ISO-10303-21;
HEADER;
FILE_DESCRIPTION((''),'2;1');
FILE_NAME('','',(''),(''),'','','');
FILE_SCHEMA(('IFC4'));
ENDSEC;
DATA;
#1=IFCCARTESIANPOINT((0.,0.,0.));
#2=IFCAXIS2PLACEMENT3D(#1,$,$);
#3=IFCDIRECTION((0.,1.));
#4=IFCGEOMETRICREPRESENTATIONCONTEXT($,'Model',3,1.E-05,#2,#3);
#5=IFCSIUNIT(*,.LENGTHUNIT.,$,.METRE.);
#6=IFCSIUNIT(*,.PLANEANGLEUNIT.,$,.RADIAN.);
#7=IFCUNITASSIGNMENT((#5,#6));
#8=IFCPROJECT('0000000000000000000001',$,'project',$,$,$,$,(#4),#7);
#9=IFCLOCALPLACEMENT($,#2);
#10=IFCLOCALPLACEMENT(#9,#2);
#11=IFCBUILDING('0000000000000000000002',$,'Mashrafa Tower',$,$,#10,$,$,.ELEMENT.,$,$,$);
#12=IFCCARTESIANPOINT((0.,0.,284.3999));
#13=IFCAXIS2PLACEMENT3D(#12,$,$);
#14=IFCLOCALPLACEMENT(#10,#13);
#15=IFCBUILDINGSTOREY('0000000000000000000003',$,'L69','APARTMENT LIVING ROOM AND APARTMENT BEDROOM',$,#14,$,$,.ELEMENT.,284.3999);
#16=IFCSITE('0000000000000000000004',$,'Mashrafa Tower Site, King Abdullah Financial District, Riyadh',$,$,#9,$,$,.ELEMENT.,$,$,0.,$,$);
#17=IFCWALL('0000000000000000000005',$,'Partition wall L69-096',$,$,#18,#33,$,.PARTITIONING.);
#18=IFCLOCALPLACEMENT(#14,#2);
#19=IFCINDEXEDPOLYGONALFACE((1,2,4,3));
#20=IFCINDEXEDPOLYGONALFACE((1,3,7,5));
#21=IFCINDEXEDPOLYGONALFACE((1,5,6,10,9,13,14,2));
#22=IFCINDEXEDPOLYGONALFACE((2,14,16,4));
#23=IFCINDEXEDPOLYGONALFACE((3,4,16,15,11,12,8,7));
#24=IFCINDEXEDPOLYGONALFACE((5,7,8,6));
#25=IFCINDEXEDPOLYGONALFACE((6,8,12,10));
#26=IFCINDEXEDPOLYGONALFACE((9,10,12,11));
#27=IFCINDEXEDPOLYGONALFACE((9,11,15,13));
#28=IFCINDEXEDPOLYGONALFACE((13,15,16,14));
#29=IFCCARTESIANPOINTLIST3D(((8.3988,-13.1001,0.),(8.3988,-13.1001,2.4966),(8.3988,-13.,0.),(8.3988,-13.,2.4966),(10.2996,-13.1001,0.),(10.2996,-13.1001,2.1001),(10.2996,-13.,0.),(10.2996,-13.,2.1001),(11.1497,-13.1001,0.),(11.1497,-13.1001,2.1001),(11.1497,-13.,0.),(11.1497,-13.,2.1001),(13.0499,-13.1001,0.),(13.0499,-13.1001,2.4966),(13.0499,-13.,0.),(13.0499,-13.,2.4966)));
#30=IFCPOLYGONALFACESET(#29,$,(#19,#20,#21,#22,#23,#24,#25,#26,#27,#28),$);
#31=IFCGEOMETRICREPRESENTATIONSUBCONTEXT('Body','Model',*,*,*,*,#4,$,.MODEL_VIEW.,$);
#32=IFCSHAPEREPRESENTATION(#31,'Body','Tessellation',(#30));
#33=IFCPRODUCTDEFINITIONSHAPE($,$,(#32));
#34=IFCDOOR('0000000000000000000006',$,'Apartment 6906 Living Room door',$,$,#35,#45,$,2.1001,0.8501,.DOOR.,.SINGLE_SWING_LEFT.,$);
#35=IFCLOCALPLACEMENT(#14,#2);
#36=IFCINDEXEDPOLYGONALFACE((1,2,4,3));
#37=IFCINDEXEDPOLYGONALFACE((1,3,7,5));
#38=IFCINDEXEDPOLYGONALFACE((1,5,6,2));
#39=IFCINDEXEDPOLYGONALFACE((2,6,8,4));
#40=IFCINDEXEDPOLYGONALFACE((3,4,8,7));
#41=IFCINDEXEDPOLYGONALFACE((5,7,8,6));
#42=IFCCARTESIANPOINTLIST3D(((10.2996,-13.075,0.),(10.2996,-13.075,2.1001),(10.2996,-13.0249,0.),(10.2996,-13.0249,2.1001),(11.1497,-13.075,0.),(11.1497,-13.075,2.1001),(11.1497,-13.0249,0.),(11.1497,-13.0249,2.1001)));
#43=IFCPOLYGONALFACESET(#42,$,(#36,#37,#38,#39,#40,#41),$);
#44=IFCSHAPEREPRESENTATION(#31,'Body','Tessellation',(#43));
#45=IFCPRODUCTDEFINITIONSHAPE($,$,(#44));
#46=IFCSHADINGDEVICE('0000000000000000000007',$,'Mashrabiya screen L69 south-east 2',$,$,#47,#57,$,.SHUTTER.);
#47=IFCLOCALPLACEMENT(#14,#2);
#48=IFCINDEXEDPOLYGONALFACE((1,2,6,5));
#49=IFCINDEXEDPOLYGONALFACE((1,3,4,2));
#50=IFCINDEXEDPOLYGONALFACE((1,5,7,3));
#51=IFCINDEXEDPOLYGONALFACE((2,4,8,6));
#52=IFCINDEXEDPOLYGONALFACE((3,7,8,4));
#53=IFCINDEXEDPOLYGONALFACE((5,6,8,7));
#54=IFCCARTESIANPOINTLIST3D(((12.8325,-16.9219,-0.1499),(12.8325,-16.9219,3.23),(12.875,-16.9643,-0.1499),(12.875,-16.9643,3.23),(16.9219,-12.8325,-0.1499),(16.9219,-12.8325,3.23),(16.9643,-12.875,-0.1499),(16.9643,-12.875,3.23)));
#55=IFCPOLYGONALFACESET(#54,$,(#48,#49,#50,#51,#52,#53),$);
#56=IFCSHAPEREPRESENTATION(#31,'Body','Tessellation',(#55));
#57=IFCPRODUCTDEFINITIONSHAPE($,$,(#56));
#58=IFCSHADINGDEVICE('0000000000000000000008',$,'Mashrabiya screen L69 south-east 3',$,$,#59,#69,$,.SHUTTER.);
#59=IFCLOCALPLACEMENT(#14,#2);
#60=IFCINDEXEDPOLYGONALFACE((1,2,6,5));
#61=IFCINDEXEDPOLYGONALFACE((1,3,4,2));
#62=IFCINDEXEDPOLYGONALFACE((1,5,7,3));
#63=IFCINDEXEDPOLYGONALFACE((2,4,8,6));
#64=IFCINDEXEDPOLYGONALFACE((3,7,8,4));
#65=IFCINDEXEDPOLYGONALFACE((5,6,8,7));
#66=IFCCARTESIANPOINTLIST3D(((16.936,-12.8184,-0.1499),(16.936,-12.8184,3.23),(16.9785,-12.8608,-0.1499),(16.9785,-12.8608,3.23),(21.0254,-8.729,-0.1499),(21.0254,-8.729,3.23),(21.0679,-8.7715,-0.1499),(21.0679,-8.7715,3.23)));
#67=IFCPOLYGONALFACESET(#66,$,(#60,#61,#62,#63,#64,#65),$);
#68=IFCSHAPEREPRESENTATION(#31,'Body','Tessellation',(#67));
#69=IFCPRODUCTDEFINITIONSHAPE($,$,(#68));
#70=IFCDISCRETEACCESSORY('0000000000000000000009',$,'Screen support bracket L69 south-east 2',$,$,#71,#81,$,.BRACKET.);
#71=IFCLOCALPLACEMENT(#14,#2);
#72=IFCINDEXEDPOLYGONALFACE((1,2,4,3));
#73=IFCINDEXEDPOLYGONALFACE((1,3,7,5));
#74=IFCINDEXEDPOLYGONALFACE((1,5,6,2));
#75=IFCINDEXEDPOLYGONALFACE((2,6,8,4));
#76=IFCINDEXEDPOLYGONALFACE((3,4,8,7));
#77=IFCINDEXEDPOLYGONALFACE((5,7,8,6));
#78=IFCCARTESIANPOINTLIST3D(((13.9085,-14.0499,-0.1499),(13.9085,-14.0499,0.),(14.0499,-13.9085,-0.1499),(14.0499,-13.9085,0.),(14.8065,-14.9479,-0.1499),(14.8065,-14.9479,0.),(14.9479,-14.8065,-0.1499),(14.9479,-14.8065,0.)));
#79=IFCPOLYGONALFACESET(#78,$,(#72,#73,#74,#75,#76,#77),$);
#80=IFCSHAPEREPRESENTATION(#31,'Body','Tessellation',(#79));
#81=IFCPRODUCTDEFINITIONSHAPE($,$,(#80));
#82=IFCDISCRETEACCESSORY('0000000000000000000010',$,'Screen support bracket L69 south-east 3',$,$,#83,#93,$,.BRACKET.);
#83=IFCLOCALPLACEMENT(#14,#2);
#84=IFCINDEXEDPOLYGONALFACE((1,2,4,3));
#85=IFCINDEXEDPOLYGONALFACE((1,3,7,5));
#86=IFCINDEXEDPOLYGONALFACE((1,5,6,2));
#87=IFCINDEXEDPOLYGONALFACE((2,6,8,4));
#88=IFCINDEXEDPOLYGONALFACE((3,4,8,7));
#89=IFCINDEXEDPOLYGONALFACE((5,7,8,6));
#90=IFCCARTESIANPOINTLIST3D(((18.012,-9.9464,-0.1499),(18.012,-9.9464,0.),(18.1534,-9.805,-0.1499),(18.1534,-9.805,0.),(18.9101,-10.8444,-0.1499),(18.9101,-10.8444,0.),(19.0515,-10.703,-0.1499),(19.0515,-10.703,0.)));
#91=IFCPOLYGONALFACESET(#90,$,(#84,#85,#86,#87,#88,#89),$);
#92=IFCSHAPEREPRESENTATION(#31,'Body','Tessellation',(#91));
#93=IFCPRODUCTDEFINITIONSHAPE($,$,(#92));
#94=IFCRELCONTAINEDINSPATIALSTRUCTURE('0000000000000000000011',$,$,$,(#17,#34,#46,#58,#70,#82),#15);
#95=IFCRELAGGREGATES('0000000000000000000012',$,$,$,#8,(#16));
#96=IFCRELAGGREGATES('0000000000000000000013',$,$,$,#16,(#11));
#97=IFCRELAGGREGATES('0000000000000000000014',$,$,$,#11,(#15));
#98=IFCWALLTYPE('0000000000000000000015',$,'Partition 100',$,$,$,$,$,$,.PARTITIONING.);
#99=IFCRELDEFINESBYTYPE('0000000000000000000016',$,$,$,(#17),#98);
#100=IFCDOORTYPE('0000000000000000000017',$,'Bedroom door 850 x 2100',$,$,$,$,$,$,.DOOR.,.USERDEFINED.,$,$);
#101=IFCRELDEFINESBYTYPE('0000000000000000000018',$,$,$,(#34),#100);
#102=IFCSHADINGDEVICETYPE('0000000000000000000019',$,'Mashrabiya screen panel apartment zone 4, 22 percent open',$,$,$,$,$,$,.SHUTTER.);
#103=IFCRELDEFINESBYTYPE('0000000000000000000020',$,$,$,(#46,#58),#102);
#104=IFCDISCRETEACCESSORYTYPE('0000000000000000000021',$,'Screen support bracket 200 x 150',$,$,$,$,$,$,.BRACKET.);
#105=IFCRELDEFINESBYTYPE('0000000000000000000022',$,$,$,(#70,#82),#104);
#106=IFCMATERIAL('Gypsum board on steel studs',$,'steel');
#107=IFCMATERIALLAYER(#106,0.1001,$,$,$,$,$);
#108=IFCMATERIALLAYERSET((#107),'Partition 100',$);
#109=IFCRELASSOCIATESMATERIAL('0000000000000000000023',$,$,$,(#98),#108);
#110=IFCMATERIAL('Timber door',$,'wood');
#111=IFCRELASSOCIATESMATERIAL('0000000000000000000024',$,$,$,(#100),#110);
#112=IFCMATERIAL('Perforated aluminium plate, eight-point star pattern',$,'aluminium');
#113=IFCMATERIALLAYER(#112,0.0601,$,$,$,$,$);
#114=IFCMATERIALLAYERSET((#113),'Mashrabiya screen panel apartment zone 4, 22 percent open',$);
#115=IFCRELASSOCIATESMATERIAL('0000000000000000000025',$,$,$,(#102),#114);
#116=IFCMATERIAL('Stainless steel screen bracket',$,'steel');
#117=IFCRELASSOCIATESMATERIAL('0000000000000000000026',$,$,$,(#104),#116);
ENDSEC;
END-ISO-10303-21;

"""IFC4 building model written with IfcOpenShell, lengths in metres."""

from ifc_helpers import new_model, si_unit, direction, frame, frame_2d, origin, origin_2d, place, context, subcontext, project, spatial, rectangle, extrude, source, transform, mapped, material, layer, layer_set, type_object, type_shapes, element, fill, save


model = new_model("IFC4")

# Units and contexts
model_context = context("Model", 3, precision=1e-05, world=origin(), true_north=direction((0.0, 1.0)))
body_context = subcontext(model_context, "Body", "Model", "MODEL_VIEW")
ifc_project = project(units=[si_unit("LENGTHUNIT", "METRE"), si_unit("PLANEANGLEUNIT", "RADIAN")], contexts=[model_context])

# Site, building, storey
site_placement = place(None, origin())
site = spatial("IfcSite", under=ifc_project, at=site_placement, Name="Mashrafa Tower Site, King Abdullah Financial District, Riyadh", CompositionType="ELEMENT", RefElevation=0.0)
building_placement = place(site_placement, origin())
building = spatial("IfcBuilding", under=site, at=building_placement, Name="Mashrafa Tower", CompositionType="ELEMENT")
storey_placement = place(building_placement, frame((0.0, 0.0, 284.3999)))
storey = spatial("IfcBuildingStorey", under=building, at=storey_placement, Name="L69", Description="APARTMENT LIVING ROOM AND APARTMENT BEDROOM", CompositionType="ELEMENT", Elevation=284.3999)

# Wall, opening, door
ifc_material_1 = material(Name="Gypsum board on steel studs", Category="steel")
ifc_layer_1 = layer(ifc_material_1, 0.1001)
ifc_layer_set_1 = layer_set([ifc_layer_1], Name="Partition 100")
wall_type_1 = type_object("IfcWallType", Name="Partition 100", PredefinedType="PARTITIONING", material=ifc_layer_set_1)
wall_1_placement = place(storey_placement, frame((13.05, -13.05, 0.0), z_axis=(0.0, 0.0, 1.0), x_axis=(-1.0, 0.0, 0.0)))
wall_1 = element("IfcWall", 1, at=wall_1_placement, inside=storey, type_object=wall_type_1, Name="Partition wall L69-096", PredefinedType="PARTITIONING", context=body_context, shape_type="SweptSolid", body=[
    extrude(rectangle(XDim=4.6511, YDim=0.1001, at=frame_2d((2.3257, 0.0))), origin(), (0.0, 0.0, 1.0), 2.4966),
])
opening_placement = place(wall_1_placement, frame((1.9004, 0.0, 0.0)))
opening = element("IfcOpeningElement", 2, at=opening_placement, cuts=wall_1, PredefinedType="OPENING", context=body_context, shape_type="SweptSolid", body=[
    extrude(rectangle(XDim=0.8501, YDim=2.1001, at=frame_2d((0.425, 1.05))), frame((0.0, 0.0601, 0.0), z_axis=(0.0, -1.0, 0.0), x_axis=(1.0, 0.0, 0.0)), (0.0, 0.0, 1.0), 0.1201),
])
ifc_material_2 = material(Name="Timber door", Category="wood")
door_type = type_object("IfcDoorType", Name="Bedroom door 850 x 2100", OperationType="USERDEFINED", PredefinedType="DOOR", material=ifc_material_2)
door_placement = place(opening_placement, origin())
door = element("IfcDoor", 3, at=door_placement, inside=storey, type_object=door_type, Name="Apartment 6906 Living Room door", OperationType="SINGLE_SWING_LEFT", OverallHeight=2.1001, OverallWidth=0.8501, PredefinedType="DOOR", context=body_context, shape_type="SweptSolid", body=[
    extrude(rectangle(XDim=0.8501, YDim=2.1001, at=frame_2d((0.425, 1.05))), frame((0.0, 0.0249, 0.0), z_axis=(0.0, -1.0, 0.0), x_axis=(1.0, 0.0, 0.0)), (0.0, 0.0, 1.0), 0.05),
])
fill(opening, door)

# Shading devices
ifc_material_3 = material(Name="Perforated aluminium plate, eight-point star pattern", Category="aluminium")
ifc_layer_2 = layer(ifc_material_3, 0.0601)
ifc_layer_set_2 = layer_set([ifc_layer_2], Name="Mashrabiya screen panel apartment zone 4, 22 percent open")
shading_device_type = type_object("IfcShadingDeviceType", Name="Mashrabiya screen panel apartment zone 4, 22 percent open", PredefinedType="SHUTTER", material=ifc_layer_set_2)
shared_shape_1 = source(origin(), body_context, "Body", "SweptSolid", [
    extrude(rectangle(XDim=5.7832, YDim=0.0601, at=origin_2d()), origin(), (0.0, 0.0, 1.0), 3.3799),
])
type_shapes(shading_device_type, [shared_shape_1])
for number, where, z_axis, x_axis, name in (
    (4, (14.8984, -14.8984, -0.1499), (0.0, 0.0, 1.0), (0.707107, 0.707107, 0.0), "Mashrabiya screen L69 south-east 2"),
    (5, (19.002, -10.7949, -0.1499), (0.0, 0.0, 1.0), (0.707107, 0.707107, 0.0), "Mashrabiya screen L69 south-east 3"),
):
    element("IfcShadingDevice", number, at=place(storey_placement, frame(where, z_axis=z_axis, x_axis=x_axis)), inside=storey, type_object=shading_device_type, Name=name, PredefinedType="SHUTTER", context=body_context, shape_type="MappedRepresentation", body=[
        mapped(shared_shape_1, transform((0.0, 0.0, 0.0))),
    ])

# Discrete accessories
ifc_material_4 = material(Name="Stainless steel screen bracket", Category="steel")
discrete_accessory_type = type_object("IfcDiscreteAccessoryType", Name="Screen support bracket 200 x 150", PredefinedType="BRACKET", material=ifc_material_4)
shared_shape_2 = source(origin(), body_context, "Body", "SweptSolid", [
    extrude(rectangle(XDim=0.2, YDim=1.27, at=origin_2d()), origin(), (0.0, 0.0, 1.0), 0.1499),
])
type_shapes(discrete_accessory_type, [shared_shape_2])
for number, where, z_axis, x_axis, name in (
    (6, (14.4282, -14.4282, -0.1499), (0.0, 0.0, 1.0), (0.707107, 0.707107, 0.0), "Screen support bracket L69 south-east 2"),
    (7, (18.5317, -10.3247, -0.1499), (0.0, 0.0, 1.0), (0.707107, 0.707107, 0.0), "Screen support bracket L69 south-east 3"),
):
    element("IfcDiscreteAccessory", number, at=place(storey_placement, frame(where, z_axis=z_axis, x_axis=x_axis)), inside=storey, type_object=discrete_accessory_type, Name=name, PredefinedType="BRACKET", context=body_context, shape_type="MappedRepresentation", body=[
        mapped(shared_shape_2, transform((0.0, 0.0, 0.0))),
    ])

save(model, "model.ifc")
